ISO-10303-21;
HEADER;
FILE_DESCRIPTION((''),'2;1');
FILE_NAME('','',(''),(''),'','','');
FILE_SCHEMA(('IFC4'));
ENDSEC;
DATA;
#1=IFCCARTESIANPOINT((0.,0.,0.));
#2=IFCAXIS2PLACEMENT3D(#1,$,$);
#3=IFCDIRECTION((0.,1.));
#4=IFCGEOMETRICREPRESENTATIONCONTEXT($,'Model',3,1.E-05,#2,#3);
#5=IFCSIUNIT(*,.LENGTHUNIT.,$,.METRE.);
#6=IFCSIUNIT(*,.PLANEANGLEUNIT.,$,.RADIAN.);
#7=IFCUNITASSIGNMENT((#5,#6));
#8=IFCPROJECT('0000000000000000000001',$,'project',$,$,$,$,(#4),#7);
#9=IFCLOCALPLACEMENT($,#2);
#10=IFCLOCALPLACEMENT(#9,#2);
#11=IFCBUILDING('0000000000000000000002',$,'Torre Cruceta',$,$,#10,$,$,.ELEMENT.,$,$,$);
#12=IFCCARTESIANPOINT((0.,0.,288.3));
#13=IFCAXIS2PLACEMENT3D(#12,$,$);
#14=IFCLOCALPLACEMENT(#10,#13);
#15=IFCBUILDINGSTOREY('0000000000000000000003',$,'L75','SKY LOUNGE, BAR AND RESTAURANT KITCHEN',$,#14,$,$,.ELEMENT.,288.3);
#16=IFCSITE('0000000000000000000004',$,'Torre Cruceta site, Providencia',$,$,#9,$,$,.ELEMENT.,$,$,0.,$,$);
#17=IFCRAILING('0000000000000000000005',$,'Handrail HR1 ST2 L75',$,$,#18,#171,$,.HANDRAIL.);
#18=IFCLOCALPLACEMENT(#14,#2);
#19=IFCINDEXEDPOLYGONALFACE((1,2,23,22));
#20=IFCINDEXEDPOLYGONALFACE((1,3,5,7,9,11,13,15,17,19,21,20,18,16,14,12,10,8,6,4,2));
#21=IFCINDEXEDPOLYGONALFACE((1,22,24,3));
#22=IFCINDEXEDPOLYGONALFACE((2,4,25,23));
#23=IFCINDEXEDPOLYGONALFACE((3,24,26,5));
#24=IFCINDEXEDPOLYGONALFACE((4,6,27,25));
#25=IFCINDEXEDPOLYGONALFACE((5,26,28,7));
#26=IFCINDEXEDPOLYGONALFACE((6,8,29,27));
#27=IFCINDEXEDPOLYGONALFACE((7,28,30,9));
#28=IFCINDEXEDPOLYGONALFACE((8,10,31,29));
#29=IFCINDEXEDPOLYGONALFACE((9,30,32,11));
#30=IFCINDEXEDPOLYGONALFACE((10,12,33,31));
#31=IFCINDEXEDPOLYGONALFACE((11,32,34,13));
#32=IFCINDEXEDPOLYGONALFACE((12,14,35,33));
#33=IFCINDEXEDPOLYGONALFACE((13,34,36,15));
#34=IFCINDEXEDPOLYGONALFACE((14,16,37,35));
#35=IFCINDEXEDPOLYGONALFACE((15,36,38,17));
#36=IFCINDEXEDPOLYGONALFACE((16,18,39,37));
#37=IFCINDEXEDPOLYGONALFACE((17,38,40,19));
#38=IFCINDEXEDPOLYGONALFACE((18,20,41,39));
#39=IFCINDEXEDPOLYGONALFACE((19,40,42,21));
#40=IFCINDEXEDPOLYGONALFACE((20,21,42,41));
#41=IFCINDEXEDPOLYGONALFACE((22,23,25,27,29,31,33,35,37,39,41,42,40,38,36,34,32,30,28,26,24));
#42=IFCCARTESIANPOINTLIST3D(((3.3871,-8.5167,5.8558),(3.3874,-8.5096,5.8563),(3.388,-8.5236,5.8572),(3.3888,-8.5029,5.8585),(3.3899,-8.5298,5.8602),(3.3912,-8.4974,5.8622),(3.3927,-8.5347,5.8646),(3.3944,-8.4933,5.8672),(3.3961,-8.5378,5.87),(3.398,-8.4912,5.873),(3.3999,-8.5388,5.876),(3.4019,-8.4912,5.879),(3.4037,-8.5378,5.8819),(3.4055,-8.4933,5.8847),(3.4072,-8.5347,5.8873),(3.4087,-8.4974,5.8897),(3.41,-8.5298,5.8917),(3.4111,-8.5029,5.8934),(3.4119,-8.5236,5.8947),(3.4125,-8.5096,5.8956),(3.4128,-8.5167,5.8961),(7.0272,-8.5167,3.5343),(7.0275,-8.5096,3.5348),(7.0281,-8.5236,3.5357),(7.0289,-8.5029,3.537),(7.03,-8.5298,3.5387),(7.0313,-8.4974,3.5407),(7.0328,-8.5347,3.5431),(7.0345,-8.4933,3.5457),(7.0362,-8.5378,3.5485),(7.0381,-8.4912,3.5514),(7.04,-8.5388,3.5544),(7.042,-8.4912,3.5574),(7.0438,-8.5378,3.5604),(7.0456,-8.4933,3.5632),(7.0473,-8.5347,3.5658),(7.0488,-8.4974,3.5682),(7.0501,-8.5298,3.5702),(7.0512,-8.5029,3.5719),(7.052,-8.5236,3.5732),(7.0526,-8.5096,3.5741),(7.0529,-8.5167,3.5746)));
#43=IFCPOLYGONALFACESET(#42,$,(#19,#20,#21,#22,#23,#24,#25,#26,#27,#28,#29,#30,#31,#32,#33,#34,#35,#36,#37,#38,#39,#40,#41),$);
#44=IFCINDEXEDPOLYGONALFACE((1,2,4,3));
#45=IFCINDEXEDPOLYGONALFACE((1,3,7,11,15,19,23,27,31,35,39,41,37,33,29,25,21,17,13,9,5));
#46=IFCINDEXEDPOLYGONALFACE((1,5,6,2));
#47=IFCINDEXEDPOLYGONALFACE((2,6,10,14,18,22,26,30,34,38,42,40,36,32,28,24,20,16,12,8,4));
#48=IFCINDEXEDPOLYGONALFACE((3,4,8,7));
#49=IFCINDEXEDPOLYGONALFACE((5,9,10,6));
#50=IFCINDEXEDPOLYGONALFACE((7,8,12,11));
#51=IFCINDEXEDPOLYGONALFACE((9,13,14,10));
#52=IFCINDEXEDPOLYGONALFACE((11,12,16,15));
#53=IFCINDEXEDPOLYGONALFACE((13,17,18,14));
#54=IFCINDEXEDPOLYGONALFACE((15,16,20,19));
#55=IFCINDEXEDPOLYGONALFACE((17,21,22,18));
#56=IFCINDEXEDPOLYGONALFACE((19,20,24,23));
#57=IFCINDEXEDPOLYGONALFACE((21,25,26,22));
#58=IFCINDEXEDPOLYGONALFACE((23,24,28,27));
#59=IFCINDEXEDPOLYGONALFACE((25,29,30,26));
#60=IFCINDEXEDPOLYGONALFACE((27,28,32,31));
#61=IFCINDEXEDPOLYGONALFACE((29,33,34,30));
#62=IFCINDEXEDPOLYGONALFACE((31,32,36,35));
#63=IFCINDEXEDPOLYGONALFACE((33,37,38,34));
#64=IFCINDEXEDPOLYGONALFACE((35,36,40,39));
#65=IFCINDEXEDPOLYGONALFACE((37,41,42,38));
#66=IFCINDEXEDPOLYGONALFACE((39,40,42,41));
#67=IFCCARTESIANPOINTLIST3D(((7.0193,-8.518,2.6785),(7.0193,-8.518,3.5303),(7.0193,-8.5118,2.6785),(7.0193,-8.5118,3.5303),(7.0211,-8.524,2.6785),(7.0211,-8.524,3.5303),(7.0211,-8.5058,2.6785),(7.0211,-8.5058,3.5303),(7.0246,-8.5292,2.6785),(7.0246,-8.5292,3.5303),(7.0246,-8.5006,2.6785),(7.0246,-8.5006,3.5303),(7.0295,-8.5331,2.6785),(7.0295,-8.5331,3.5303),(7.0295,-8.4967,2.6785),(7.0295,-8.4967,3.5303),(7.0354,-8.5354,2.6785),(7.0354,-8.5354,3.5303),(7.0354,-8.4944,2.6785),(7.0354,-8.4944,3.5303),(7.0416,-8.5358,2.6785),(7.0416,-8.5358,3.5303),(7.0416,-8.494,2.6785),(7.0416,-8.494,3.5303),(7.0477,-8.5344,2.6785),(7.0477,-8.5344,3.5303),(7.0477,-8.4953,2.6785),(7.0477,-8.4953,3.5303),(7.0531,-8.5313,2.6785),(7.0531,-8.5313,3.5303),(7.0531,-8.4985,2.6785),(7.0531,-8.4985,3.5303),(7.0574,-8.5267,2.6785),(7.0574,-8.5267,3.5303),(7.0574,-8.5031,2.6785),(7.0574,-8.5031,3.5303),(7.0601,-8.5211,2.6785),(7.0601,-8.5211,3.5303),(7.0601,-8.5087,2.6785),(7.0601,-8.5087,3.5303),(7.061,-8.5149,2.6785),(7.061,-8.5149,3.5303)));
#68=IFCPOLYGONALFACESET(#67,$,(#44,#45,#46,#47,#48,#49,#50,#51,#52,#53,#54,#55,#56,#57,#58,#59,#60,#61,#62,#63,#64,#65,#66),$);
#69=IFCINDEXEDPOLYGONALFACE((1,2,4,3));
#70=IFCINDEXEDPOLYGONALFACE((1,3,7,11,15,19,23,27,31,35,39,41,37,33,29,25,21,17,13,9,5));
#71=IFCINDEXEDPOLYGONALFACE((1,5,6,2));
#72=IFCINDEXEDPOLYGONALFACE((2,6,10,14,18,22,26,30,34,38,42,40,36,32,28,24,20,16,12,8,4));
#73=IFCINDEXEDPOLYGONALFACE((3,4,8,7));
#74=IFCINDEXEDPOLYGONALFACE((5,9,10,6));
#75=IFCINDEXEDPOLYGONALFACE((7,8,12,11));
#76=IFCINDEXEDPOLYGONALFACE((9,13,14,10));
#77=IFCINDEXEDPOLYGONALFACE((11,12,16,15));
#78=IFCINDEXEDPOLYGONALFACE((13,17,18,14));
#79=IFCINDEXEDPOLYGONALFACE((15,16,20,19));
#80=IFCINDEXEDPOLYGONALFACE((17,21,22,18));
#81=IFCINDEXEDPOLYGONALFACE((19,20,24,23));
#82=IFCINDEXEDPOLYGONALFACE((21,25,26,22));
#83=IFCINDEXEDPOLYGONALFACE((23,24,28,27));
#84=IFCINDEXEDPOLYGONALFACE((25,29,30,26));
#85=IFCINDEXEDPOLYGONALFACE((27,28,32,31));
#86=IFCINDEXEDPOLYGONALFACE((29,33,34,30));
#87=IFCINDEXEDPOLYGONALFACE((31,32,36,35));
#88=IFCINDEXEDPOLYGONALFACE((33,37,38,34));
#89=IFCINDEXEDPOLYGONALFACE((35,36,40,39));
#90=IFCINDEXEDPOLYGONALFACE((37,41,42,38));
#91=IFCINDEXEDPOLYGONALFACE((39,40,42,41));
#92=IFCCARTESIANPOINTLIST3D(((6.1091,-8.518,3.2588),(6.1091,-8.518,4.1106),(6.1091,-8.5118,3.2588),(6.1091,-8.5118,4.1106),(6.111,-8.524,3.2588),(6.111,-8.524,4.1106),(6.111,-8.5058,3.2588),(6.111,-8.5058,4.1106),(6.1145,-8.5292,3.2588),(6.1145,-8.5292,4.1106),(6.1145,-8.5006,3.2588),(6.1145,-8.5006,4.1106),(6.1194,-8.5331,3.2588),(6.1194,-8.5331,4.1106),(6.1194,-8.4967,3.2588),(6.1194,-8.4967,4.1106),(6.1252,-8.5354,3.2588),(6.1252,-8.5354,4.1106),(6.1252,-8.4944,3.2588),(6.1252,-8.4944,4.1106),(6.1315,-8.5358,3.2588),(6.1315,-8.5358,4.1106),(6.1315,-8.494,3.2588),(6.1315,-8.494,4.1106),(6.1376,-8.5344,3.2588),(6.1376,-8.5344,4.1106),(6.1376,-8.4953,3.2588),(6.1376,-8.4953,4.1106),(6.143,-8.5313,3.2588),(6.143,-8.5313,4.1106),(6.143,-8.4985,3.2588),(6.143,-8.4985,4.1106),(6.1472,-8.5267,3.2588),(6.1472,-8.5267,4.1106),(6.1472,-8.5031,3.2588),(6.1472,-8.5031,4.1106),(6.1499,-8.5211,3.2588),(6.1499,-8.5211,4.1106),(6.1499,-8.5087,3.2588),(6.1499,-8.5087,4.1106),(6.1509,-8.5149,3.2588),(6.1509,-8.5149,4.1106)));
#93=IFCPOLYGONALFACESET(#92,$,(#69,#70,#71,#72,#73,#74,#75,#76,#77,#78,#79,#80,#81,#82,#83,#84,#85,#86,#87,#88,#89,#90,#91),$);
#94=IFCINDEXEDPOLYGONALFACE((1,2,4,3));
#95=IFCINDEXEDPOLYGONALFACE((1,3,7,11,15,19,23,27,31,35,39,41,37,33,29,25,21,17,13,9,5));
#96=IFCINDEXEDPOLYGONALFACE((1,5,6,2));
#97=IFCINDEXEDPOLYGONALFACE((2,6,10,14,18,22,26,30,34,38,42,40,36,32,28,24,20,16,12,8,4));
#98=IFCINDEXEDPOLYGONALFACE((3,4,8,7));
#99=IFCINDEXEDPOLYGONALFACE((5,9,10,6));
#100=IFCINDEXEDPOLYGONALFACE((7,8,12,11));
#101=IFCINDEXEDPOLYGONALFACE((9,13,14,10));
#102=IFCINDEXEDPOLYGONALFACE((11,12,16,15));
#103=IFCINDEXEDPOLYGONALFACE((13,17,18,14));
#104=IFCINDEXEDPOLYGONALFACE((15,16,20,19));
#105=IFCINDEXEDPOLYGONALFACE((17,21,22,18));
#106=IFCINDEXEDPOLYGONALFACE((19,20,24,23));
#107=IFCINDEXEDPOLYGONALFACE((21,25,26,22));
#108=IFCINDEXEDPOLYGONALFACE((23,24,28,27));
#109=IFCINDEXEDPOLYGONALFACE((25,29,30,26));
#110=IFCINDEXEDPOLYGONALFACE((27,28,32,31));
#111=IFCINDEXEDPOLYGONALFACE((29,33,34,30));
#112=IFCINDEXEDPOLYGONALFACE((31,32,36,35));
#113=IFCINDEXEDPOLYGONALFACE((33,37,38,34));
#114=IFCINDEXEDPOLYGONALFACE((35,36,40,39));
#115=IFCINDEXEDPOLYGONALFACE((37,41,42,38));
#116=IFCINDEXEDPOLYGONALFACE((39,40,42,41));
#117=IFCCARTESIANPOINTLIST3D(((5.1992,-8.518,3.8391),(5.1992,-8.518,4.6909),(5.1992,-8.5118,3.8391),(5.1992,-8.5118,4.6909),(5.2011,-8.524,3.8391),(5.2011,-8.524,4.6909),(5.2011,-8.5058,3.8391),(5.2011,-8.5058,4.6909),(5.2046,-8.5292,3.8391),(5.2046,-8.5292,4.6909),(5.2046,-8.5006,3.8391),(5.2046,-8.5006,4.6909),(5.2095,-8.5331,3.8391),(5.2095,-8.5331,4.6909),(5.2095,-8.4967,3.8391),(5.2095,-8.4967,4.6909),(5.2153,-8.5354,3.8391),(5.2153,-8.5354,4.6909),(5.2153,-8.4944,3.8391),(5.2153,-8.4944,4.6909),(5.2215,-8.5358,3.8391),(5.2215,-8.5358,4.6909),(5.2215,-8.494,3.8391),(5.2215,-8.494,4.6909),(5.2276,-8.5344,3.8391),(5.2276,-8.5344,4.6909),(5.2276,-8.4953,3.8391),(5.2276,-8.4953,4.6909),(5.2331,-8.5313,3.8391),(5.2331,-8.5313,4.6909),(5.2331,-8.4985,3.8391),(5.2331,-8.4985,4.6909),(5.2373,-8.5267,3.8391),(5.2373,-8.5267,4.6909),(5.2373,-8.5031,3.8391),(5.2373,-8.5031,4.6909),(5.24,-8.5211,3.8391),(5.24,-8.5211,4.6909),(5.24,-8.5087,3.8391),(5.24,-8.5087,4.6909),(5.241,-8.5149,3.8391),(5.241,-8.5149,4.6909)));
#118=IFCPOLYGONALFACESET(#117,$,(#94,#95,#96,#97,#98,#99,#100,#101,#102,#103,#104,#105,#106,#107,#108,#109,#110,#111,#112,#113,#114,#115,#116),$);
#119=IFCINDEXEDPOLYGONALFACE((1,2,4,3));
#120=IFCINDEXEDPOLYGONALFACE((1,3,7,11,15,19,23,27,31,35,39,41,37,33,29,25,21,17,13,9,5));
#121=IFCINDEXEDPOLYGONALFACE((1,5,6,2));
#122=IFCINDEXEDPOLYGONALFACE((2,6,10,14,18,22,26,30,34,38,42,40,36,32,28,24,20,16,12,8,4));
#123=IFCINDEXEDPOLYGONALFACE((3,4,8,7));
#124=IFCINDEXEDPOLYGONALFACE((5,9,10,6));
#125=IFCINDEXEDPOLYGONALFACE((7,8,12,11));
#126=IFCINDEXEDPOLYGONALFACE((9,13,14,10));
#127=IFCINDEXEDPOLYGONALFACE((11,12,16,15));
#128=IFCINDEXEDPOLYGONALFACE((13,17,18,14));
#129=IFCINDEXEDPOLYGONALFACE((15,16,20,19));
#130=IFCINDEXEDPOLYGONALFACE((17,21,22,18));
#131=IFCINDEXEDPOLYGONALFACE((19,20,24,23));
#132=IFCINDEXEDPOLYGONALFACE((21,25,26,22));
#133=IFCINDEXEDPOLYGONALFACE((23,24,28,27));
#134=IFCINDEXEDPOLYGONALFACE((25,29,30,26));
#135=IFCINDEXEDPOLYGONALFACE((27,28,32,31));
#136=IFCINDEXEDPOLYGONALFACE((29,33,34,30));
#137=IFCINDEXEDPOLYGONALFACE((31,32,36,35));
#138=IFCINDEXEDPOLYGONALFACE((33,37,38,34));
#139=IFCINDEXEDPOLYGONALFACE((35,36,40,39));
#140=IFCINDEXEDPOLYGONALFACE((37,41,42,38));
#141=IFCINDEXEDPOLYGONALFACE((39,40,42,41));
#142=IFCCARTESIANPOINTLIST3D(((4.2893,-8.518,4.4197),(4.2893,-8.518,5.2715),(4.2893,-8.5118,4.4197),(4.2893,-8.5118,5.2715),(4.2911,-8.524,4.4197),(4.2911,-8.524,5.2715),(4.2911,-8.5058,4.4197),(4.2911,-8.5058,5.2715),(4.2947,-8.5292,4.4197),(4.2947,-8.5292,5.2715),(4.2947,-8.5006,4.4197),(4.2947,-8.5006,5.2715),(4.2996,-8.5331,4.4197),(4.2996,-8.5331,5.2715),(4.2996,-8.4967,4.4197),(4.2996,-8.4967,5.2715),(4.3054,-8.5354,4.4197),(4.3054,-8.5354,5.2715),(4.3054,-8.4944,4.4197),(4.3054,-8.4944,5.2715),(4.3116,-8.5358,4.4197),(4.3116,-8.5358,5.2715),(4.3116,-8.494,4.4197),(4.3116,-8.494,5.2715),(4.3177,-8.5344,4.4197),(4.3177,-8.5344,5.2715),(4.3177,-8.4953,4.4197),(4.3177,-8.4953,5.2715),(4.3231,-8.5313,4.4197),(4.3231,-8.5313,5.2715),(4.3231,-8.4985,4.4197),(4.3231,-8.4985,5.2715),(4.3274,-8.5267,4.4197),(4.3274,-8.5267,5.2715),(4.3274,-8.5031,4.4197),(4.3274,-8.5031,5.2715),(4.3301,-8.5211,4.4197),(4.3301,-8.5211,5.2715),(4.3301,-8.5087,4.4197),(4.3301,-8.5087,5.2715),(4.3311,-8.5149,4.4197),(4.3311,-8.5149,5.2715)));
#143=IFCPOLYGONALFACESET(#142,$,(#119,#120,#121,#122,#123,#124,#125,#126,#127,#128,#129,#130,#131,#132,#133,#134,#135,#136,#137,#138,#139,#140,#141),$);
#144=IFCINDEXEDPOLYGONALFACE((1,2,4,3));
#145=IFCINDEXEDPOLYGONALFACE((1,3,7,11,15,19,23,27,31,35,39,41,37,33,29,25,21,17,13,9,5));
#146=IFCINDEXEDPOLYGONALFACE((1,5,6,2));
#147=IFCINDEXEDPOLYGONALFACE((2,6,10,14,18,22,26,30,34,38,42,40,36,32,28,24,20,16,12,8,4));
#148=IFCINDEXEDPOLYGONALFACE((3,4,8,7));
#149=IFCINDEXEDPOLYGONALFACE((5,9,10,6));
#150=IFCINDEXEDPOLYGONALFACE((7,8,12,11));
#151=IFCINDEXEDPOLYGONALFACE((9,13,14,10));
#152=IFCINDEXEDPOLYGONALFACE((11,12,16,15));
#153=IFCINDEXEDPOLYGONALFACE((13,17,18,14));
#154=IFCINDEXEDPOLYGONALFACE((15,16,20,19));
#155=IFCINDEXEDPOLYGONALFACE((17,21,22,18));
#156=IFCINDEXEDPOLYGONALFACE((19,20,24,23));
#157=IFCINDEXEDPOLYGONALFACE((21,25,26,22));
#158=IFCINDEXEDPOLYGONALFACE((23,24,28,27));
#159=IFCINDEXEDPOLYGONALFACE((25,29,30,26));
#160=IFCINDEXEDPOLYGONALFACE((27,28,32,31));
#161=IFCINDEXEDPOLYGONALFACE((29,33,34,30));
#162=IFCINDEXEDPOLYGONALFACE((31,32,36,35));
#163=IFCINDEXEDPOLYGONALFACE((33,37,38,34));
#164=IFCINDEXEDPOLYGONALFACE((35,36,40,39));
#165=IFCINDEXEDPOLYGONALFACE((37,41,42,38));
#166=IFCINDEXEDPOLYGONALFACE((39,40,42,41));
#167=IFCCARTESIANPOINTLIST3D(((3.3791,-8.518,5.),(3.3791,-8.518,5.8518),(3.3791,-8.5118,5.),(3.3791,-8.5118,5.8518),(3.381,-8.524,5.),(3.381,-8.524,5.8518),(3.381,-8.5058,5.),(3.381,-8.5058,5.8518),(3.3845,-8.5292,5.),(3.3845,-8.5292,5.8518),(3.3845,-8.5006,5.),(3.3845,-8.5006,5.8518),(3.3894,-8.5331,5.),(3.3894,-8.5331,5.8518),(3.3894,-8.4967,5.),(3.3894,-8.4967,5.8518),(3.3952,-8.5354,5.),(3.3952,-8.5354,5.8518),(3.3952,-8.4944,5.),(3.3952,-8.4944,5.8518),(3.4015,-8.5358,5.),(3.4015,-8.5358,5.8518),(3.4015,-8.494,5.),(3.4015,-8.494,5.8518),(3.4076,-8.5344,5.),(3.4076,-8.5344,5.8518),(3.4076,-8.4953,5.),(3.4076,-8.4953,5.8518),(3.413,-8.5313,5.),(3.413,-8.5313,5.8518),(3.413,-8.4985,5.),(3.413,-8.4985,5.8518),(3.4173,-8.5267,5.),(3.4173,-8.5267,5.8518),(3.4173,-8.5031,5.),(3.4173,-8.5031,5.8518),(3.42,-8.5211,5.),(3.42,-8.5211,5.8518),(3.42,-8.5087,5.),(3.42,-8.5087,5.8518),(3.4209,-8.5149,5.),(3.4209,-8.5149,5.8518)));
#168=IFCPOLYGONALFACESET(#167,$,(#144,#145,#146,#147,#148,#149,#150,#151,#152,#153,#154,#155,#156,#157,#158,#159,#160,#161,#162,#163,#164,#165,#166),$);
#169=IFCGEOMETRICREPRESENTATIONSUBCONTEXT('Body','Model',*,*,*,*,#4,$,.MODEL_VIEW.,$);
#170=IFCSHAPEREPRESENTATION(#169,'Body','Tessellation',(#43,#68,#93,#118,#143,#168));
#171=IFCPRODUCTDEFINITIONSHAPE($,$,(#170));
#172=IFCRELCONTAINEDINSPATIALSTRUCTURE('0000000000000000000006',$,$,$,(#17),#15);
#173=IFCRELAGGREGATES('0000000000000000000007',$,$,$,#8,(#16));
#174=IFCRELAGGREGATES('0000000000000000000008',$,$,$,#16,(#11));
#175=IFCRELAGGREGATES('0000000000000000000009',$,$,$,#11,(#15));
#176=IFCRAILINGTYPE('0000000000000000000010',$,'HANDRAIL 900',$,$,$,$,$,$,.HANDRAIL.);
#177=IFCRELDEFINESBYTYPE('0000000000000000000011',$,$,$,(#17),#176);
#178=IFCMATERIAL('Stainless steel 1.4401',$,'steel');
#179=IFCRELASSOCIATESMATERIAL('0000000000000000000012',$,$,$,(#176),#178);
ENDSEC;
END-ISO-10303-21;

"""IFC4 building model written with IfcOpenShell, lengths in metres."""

from ifc_helpers import new_model, si_unit, direction, frame, origin, origin_2d, place, context, subcontext, project, spatial, circle, extrude, material, type_object, element, save


model = new_model("IFC4")

# Units and contexts
model_context = context("Model", 3, precision=1e-05, world=origin(), true_north=direction((0.0, 1.0)))
body_context = subcontext(model_context, "Body", "Model", "MODEL_VIEW")
ifc_project = project(units=[si_unit("LENGTHUNIT", "METRE"), si_unit("PLANEANGLEUNIT", "RADIAN")], contexts=[model_context])

# Site, building, storey
site_placement = place(None, origin())
site = spatial("IfcSite", under=ifc_project, at=site_placement, Name="Torre Cruceta site, Providencia", CompositionType="ELEMENT", RefElevation=0.0)
building_placement = place(site_placement, origin())
building = spatial("IfcBuilding", under=site, at=building_placement, Name="Torre Cruceta", CompositionType="ELEMENT")
storey_placement = place(building_placement, frame((0.0, 0.0, 288.3)))
storey = spatial("IfcBuildingStorey", under=building, at=storey_placement, Name="L75", Description="SKY LOUNGE, BAR AND RESTAURANT KITCHEN", CompositionType="ELEMENT", Elevation=288.3)

# Railing
ifc_material_1 = material(Name="Stainless steel 1.4401", Category="steel")
railing_type_1 = type_object("IfcRailingType", Name="HANDRAIL 900", PredefinedType="HANDRAIL", material=ifc_material_1)
railing_1_placement = place(storey_placement, frame((7.04, -8.5149, 2.6785)))
element("IfcRailing", 1, at=railing_1_placement, inside=storey, type_object=railing_type_1, Name="Handrail HR1 ST2 L75", PredefinedType="HANDRAIL", context=body_context, shape_type="SweptSolid", body=[
    extrude(circle(Radius=0.0239, at=origin_2d()), frame((0.0, 0.0, 0.876), z_axis=(-0.843128, 0.0, 0.537713), x_axis=(0.0, -1.0, 0.0)), (0.0, 0.0, 1.0), 4.3174),
    extrude(circle(Radius=0.021, at=origin_2d()), origin(), (0.0, 0.0, 1.0), 0.8518),
    extrude(circle(Radius=0.021, at=origin_2d()), frame((-0.9102, 0.0, 0.5803)), (0.0, 0.0, 1.0), 0.8518),
    extrude(circle(Radius=0.021, at=origin_2d()), frame((-1.8201, 0.0, 1.1606)), (0.0, 0.0, 1.0), 0.8518),
    extrude(circle(Radius=0.021, at=origin_2d()), frame((-2.73, 0.0, 1.7412)), (0.0, 0.0, 1.0), 0.8518),
    extrude(circle(Radius=0.021, at=origin_2d()), frame((-3.6401, 0.0, 2.3215)), (0.0, 0.0, 1.0), 0.8518),
])

save(model, "model.ifc")
